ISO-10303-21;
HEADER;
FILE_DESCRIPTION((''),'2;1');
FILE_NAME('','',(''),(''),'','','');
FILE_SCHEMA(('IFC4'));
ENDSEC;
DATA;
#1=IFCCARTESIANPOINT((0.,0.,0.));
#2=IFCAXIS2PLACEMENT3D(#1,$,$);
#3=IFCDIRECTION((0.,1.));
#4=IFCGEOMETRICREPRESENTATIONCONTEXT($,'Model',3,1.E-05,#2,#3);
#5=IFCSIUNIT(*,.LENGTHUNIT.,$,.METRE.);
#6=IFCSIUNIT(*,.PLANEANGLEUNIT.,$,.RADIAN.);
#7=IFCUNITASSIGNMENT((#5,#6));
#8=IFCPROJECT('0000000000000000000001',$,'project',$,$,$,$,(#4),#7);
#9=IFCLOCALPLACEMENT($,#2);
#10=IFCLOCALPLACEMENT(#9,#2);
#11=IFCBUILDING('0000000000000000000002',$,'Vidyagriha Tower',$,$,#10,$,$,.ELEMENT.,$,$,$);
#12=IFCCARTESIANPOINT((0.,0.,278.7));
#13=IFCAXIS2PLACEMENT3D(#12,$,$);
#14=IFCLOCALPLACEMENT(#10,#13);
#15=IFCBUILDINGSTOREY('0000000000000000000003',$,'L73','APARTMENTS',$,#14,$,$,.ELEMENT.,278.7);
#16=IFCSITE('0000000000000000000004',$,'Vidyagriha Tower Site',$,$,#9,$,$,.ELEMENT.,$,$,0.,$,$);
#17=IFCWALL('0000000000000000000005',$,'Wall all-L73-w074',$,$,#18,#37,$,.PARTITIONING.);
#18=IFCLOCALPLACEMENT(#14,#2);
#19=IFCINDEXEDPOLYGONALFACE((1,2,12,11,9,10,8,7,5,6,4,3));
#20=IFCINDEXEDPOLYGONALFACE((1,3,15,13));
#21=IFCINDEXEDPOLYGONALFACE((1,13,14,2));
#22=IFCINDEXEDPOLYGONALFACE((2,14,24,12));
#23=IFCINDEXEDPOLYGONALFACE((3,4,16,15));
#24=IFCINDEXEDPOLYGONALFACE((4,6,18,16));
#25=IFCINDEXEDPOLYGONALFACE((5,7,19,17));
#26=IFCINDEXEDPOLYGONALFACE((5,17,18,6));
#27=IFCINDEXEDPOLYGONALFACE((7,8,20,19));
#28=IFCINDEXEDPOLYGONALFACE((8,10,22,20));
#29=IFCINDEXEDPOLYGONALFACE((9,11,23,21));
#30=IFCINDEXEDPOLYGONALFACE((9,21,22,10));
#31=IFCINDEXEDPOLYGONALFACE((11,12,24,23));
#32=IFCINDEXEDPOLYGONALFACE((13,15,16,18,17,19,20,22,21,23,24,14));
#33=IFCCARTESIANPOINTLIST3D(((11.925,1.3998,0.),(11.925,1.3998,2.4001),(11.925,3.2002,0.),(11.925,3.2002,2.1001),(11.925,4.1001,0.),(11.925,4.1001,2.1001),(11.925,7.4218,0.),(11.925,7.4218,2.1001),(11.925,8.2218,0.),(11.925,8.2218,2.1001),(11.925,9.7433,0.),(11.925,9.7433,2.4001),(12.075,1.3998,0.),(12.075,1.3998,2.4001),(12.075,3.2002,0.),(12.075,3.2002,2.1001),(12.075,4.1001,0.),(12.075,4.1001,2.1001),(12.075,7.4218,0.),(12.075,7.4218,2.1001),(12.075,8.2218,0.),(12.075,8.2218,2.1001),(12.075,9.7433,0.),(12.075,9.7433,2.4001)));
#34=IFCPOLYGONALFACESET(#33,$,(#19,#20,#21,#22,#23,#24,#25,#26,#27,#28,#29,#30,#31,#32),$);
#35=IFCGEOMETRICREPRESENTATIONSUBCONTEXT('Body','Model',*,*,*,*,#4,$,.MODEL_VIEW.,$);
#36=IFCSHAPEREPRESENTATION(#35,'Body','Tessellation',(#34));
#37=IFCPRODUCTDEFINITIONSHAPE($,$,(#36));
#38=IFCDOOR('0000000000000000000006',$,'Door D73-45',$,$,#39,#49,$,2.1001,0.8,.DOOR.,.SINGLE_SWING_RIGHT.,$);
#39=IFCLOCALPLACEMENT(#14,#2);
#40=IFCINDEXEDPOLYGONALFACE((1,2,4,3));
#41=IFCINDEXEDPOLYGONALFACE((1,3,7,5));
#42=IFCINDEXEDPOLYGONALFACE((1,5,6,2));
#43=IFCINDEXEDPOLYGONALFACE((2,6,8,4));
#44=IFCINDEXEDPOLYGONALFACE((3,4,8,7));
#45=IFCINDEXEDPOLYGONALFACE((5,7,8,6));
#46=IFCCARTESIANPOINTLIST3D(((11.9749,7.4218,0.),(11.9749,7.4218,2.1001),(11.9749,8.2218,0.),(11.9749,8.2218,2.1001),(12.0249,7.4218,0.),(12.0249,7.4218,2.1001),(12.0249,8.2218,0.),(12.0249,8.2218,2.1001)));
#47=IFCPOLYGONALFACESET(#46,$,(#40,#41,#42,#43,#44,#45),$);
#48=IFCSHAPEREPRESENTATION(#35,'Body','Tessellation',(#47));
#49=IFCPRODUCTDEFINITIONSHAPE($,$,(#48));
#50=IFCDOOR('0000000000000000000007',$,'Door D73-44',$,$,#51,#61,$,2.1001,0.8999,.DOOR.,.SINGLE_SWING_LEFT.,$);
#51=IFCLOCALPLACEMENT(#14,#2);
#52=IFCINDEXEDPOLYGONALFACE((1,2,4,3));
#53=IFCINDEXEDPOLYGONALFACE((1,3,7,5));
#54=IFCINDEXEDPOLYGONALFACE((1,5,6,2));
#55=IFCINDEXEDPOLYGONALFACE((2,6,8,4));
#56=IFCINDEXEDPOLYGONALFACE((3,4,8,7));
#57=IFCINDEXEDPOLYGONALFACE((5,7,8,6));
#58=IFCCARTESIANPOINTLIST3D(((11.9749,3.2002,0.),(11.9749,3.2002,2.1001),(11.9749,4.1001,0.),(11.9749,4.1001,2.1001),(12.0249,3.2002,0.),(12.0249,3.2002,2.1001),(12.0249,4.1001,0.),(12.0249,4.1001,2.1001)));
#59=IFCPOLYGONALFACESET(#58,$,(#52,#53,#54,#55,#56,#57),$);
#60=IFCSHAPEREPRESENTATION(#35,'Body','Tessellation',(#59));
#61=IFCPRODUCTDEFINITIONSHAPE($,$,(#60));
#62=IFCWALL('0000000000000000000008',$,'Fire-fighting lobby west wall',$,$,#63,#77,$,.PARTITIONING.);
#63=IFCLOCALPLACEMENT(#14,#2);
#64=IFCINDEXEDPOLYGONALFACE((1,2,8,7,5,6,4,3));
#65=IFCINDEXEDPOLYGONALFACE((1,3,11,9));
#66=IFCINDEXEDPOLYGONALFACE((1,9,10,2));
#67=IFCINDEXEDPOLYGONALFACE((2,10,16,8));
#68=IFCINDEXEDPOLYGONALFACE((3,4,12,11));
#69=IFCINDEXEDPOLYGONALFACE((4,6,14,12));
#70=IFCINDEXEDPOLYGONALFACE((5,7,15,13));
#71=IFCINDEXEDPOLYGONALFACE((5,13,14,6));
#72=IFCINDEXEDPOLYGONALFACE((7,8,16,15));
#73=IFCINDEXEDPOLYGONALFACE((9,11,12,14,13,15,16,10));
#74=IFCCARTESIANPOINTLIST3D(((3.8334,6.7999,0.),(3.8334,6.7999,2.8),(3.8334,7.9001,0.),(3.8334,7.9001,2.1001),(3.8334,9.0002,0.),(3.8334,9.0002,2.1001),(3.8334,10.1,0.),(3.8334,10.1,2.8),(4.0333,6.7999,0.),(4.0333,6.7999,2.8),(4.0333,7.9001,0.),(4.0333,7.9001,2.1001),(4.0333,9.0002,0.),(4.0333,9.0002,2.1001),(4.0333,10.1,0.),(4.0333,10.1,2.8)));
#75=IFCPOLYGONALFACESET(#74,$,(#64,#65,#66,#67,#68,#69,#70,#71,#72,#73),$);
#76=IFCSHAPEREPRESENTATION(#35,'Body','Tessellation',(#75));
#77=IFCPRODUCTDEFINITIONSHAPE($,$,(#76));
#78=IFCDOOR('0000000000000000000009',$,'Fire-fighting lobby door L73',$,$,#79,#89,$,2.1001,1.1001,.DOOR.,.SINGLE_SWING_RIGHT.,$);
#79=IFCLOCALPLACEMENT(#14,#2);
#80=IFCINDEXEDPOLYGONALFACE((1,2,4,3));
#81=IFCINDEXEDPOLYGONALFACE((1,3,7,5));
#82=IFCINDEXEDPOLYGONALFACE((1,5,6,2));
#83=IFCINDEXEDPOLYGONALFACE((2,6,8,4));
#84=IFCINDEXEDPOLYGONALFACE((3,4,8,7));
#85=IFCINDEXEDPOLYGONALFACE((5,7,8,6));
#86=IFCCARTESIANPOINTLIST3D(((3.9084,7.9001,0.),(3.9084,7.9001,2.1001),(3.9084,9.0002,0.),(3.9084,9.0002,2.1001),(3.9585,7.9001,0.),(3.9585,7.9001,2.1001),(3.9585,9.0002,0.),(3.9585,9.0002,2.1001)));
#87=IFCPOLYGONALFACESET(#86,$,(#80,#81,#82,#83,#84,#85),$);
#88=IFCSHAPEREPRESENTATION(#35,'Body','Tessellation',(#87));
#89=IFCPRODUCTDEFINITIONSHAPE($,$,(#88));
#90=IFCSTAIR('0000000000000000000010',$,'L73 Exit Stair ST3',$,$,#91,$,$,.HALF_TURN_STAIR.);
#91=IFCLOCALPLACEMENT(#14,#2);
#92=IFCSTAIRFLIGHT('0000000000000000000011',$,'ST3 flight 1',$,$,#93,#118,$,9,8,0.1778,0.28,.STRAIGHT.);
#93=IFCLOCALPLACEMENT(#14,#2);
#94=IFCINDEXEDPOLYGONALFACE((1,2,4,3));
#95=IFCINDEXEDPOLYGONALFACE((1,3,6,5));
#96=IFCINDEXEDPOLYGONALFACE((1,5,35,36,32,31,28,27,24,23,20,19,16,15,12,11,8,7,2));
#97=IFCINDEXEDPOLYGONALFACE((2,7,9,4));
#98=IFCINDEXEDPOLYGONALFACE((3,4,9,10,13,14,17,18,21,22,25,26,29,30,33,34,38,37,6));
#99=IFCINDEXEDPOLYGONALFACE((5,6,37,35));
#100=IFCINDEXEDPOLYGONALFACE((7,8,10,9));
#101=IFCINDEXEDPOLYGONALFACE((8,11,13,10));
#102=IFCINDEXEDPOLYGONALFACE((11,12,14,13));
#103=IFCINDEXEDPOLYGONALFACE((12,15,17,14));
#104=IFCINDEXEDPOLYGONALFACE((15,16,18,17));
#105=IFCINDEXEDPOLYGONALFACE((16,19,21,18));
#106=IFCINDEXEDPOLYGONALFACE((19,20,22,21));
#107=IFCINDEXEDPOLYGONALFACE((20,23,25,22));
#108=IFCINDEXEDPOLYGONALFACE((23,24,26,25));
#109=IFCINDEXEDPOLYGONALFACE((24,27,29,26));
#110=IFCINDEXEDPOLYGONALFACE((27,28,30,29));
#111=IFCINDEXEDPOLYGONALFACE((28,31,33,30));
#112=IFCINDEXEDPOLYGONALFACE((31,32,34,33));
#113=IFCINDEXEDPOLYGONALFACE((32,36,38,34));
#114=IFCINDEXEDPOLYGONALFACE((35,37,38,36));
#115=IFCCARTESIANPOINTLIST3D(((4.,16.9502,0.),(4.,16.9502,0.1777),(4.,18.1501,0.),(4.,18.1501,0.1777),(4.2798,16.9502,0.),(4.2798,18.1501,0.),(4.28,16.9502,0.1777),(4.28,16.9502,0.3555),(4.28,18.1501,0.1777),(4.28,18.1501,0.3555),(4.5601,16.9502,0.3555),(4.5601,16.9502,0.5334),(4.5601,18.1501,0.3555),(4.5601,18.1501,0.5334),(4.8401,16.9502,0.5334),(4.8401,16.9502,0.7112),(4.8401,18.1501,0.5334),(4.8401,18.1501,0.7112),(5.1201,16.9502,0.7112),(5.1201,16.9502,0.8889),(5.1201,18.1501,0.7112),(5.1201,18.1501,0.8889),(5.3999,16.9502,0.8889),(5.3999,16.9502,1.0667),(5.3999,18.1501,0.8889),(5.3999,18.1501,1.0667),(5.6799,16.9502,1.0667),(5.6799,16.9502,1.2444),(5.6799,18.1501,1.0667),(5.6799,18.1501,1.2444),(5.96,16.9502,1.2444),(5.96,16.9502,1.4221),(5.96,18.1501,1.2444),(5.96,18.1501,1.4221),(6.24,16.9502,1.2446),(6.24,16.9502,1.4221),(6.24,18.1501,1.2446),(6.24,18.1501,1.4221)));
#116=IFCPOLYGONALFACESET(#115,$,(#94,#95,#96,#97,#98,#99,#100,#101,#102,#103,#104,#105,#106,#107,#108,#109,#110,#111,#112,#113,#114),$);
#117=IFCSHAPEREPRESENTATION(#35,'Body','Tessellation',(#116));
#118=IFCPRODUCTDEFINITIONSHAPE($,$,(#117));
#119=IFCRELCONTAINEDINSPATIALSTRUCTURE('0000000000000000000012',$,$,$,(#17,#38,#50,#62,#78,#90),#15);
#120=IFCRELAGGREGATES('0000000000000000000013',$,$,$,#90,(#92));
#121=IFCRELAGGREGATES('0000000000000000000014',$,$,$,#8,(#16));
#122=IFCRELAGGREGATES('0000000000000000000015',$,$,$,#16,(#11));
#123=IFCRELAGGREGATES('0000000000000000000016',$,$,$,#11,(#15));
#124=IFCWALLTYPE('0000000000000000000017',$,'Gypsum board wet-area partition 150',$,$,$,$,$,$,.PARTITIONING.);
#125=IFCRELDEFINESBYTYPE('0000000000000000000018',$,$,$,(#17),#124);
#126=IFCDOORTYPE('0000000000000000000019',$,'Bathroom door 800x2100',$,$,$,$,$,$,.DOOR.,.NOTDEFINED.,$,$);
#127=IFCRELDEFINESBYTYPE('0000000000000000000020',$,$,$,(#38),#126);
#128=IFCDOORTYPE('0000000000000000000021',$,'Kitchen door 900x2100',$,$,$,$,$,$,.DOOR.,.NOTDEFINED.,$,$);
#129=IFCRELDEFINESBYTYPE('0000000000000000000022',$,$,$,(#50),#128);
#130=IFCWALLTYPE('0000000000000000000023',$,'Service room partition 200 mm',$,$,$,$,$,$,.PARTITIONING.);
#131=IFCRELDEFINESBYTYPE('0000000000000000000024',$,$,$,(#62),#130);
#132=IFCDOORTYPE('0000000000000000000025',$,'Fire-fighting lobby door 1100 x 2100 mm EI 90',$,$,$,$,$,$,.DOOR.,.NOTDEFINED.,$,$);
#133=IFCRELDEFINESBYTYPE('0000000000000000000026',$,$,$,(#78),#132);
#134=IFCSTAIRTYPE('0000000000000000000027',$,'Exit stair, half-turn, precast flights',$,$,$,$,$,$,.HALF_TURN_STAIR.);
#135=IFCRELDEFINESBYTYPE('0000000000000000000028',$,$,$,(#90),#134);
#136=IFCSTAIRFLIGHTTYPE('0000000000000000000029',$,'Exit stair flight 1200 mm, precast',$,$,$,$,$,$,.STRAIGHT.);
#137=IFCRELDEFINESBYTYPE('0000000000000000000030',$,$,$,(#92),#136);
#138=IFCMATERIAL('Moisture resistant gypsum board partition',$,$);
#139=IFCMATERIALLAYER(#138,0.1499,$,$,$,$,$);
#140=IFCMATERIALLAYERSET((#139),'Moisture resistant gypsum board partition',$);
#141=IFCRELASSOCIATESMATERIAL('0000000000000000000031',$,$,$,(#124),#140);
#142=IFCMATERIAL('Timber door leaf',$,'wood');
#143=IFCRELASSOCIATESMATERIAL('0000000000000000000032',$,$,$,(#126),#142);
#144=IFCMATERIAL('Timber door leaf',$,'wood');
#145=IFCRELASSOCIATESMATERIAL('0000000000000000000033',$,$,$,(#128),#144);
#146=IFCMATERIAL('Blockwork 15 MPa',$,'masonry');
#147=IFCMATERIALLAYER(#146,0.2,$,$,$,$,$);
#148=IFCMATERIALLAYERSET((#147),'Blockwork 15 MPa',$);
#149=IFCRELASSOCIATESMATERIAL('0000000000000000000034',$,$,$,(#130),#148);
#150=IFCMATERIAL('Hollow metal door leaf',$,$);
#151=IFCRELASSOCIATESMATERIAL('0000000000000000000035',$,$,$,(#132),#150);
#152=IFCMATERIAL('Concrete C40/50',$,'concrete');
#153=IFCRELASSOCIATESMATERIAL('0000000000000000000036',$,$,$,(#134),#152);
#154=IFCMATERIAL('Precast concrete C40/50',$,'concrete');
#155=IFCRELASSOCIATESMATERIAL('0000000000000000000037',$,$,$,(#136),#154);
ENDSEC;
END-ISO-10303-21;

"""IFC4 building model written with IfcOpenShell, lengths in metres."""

from ifc_helpers import new_model, si_unit, direction, frame, frame_2d, origin, place, context, subcontext, project, spatial, polyline, rectangle, outline, extrude, material, layer, layer_set, type_object, element, fill, aggregate, save


model = new_model("IFC4")

# Units and contexts
model_context = context("Model", 3, precision=1e-05, world=origin(), true_north=direction((0.0, 1.0)))
body_context = subcontext(model_context, "Body", "Model", "MODEL_VIEW")
ifc_project = project(units=[si_unit("LENGTHUNIT", "METRE"), si_unit("PLANEANGLEUNIT", "RADIAN")], contexts=[model_context])

# Site, building, storey
site_placement = place(None, origin())
site = spatial("IfcSite", under=ifc_project, at=site_placement, Name="Vidyagriha Tower Site", CompositionType="ELEMENT", RefElevation=0.0)
building_placement = place(site_placement, origin())
building = spatial("IfcBuilding", under=site, at=building_placement, Name="Vidyagriha Tower", CompositionType="ELEMENT")
storey_placement = place(building_placement, frame((0.0, 0.0, 278.7)))
storey = spatial("IfcBuildingStorey", under=building, at=storey_placement, Name="L73", Description="APARTMENTS", CompositionType="ELEMENT", Elevation=278.7)

# Wall, openings, doors
ifc_material_1 = material(Name="Moisture resistant gypsum board partition")
ifc_layer_1 = layer(ifc_material_1, 0.1499)
ifc_layer_set_1 = layer_set([ifc_layer_1], Name="Moisture resistant gypsum board partition")
wall_type_1 = type_object("IfcWallType", Name="Gypsum board wet-area partition 150", PredefinedType="PARTITIONING", material=ifc_layer_set_1)
wall_1_placement = place(storey_placement, frame((12.0, 9.7434, 0.0), z_axis=(0.0, 0.0, 1.0), x_axis=(0.0, -1.0, 0.0)))
wall_1 = element("IfcWall", 1, at=wall_1_placement, inside=storey, type_object=wall_type_1, Name="Wall all-L73-w074", PredefinedType="PARTITIONING", context=body_context, shape_type="SweptSolid", body=[
    extrude(rectangle(XDim=8.3435, YDim=0.1499, at=frame_2d((4.1719, 0.0))), origin(), (0.0, 0.0, 1.0), 2.4001),
])
opening_1_placement = place(wall_1_placement, frame((5.6433, 0.0, 0.0)))
opening_1 = element("IfcOpeningElement", 2, at=opening_1_placement, cuts=wall_1, PredefinedType="OPENING", context=body_context, shape_type="SweptSolid", body=[
    extrude(rectangle(XDim=0.8999, YDim=2.1001, at=frame_2d((0.45, 1.05))), frame((0.0, 0.085, 0.0), z_axis=(0.0, -1.0, 0.0), x_axis=(1.0, 0.0, 0.0)), (0.0, 0.0, 1.0), 0.1699),
])
opening_2_placement = place(wall_1_placement, frame((1.5217, 0.0, 0.0)))
opening_2 = element("IfcOpeningElement", 3, at=opening_2_placement, cuts=wall_1, PredefinedType="OPENING", context=body_context, shape_type="SweptSolid", body=[
    extrude(rectangle(XDim=0.8, YDim=2.1001, at=frame_2d((0.3999, 1.05))), frame((0.0, 0.085, 0.0), z_axis=(0.0, -1.0, 0.0), x_axis=(1.0, 0.0, 0.0)), (0.0, 0.0, 1.0), 0.1699),
])
ifc_material_2 = material(Name="Timber door leaf", Category="wood")
door_type_1 = type_object("IfcDoorType", Name="Bathroom door 800x2100", OperationType="NOTDEFINED", PredefinedType="DOOR", material=ifc_material_2)
door_1_placement = place(opening_2_placement, origin())
door_1 = element("IfcDoor", 4, at=door_1_placement, inside=storey, type_object=door_type_1, Name="Door D73-45", OperationType="SINGLE_SWING_RIGHT", OverallHeight=2.1001, OverallWidth=0.8, PredefinedType="DOOR", context=body_context, shape_type="SweptSolid", body=[
    extrude(rectangle(XDim=0.8, YDim=2.1001, at=frame_2d((0.3999, 1.05))), frame((0.0, 0.0249, 0.0), z_axis=(0.0, -1.0, 0.0), x_axis=(1.0, 0.0, 0.0)), (0.0, 0.0, 1.0), 0.05),
])
fill(opening_2, door_1)
ifc_material_3 = material(Name="Timber door leaf", Category="wood")
door_type_2 = type_object("IfcDoorType", Name="Kitchen door 900x2100", OperationType="NOTDEFINED", PredefinedType="DOOR", material=ifc_material_3)
door_2_placement = place(opening_1_placement, origin())
door_2 = element("IfcDoor", 5, at=door_2_placement, inside=storey, type_object=door_type_2, Name="Door D73-44", OperationType="SINGLE_SWING_LEFT", OverallHeight=2.1001, OverallWidth=0.8999, PredefinedType="DOOR", context=body_context, shape_type="SweptSolid", body=[
    extrude(rectangle(XDim=0.8999, YDim=2.1001, at=frame_2d((0.45, 1.05))), frame((0.0, 0.0249, 0.0), z_axis=(0.0, -1.0, 0.0), x_axis=(1.0, 0.0, 0.0)), (0.0, 0.0, 1.0), 0.05),
])
fill(opening_1, door_2)

# Wall, opening, door
ifc_material_4 = material(Name="Blockwork 15 MPa", Category="masonry")
ifc_layer_2 = layer(ifc_material_4, 0.2)
ifc_layer_set_2 = layer_set([ifc_layer_2], Name="Blockwork 15 MPa")
wall_type_2 = type_object("IfcWallType", Name="Service room partition 200 mm", PredefinedType="PARTITIONING", material=ifc_layer_set_2)
wall_2_placement = place(storey_placement, frame((3.9333, 6.8, 0.0), z_axis=(0.0, 0.0, 1.0), x_axis=(0.0, 1.0, 0.0)))
wall_2 = element("IfcWall", 6, at=wall_2_placement, inside=storey, type_object=wall_type_2, Name="Fire-fighting lobby west wall", PredefinedType="PARTITIONING", context=body_context, shape_type="SweptSolid", body=[
    extrude(rectangle(XDim=3.3, YDim=0.2, at=frame_2d((1.6499, 0.0))), origin(), (0.0, 0.0, 1.0), 2.8),
])
opening_3_placement = place(wall_2_placement, frame((1.1001, 0.0, 0.0)))
opening_3 = element("IfcOpeningElement", 7, at=opening_3_placement, cuts=wall_2, PredefinedType="OPENING", context=body_context, shape_type="SweptSolid", body=[
    extrude(rectangle(XDim=1.1001, YDim=2.1001, at=frame_2d((0.55, 1.05))), frame((0.0, 0.1099, 0.0), z_axis=(0.0, -1.0, 0.0), x_axis=(1.0, 0.0, 0.0)), (0.0, 0.0, 1.0), 0.22),
])
ifc_material_5 = material(Name="Hollow metal door leaf")
door_type_3 = type_object("IfcDoorType", Name="Fire-fighting lobby door 1100 x 2100 mm EI 90", OperationType="NOTDEFINED", PredefinedType="DOOR", material=ifc_material_5)
door_3_placement = place(opening_3_placement, origin())
door_3 = element("IfcDoor", 8, at=door_3_placement, inside=storey, type_object=door_type_3, Name="Fire-fighting lobby door L73", OperationType="SINGLE_SWING_RIGHT", OverallHeight=2.1001, OverallWidth=1.1001, PredefinedType="DOOR", context=body_context, shape_type="SweptSolid", body=[
    extrude(rectangle(XDim=1.1001, YDim=2.1001, at=frame_2d((0.55, 1.05))), frame((0.0, 0.0249, 0.0), z_axis=(0.0, -1.0, 0.0), x_axis=(1.0, 0.0, 0.0)), (0.0, 0.0, 1.0), 0.05),
])
fill(opening_3, door_3)

# Stair, stair flight
ifc_material_6 = material(Name="Concrete C40/50", Category="concrete")
stair_type = type_object("IfcStairType", Name="Exit stair, half-turn, precast flights", PredefinedType="HALF_TURN_STAIR", material=ifc_material_6)
stair_placement = place(storey_placement, origin())
stair = element("IfcStair", 9, at=stair_placement, inside=storey, type_object=stair_type, Name="L73 Exit Stair ST3", PredefinedType="HALF_TURN_STAIR")
ifc_material_7 = material(Name="Precast concrete C40/50", Category="concrete")
stair_flight_type = type_object("IfcStairFlightType", Name="Exit stair flight 1200 mm, precast", PredefinedType="STRAIGHT", material=ifc_material_7)
stair_flight_placement = place(storey_placement, frame((4.0, 17.55, 0.0)))
stair_flight = element("IfcStairFlight", 10, at=stair_flight_placement, type_object=stair_flight_type, Name="ST3 flight 1", NumberOfRisers=9, NumberOfTreads=8, PredefinedType="STRAIGHT", RiserHeight=0.1778, TreadLength=0.28, context=body_context, shape_type="SweptSolid", body=[
    extrude(outline(polyline([(0.0, 0.0), (0.0, 0.1777), (0.28, 0.1777), (0.28, 0.3555), (0.5601, 0.3555), (0.5601, 0.5334), (0.8401, 0.5334), (0.8401, 0.7112), (1.1201, 0.7112), (1.1201, 0.8889), (1.3999, 0.8889), (1.3999, 1.0667), (1.6799, 1.0667), (1.6799, 1.2444), (1.96, 1.2444), (1.96, 1.4221), (2.24, 1.4221), (2.24, 1.6001), (2.24, 1.2446), (0.2798, 0.0), (0.0, 0.0)])), frame((0.0, 0.6001, 0.0), z_axis=(0.0, -1.0, 0.0), x_axis=(1.0, 0.0, 0.0)), (0.0, 0.0, 1.0), 1.2),
])
aggregate(stair, [stair_flight])

save(model, "model.ifc")
